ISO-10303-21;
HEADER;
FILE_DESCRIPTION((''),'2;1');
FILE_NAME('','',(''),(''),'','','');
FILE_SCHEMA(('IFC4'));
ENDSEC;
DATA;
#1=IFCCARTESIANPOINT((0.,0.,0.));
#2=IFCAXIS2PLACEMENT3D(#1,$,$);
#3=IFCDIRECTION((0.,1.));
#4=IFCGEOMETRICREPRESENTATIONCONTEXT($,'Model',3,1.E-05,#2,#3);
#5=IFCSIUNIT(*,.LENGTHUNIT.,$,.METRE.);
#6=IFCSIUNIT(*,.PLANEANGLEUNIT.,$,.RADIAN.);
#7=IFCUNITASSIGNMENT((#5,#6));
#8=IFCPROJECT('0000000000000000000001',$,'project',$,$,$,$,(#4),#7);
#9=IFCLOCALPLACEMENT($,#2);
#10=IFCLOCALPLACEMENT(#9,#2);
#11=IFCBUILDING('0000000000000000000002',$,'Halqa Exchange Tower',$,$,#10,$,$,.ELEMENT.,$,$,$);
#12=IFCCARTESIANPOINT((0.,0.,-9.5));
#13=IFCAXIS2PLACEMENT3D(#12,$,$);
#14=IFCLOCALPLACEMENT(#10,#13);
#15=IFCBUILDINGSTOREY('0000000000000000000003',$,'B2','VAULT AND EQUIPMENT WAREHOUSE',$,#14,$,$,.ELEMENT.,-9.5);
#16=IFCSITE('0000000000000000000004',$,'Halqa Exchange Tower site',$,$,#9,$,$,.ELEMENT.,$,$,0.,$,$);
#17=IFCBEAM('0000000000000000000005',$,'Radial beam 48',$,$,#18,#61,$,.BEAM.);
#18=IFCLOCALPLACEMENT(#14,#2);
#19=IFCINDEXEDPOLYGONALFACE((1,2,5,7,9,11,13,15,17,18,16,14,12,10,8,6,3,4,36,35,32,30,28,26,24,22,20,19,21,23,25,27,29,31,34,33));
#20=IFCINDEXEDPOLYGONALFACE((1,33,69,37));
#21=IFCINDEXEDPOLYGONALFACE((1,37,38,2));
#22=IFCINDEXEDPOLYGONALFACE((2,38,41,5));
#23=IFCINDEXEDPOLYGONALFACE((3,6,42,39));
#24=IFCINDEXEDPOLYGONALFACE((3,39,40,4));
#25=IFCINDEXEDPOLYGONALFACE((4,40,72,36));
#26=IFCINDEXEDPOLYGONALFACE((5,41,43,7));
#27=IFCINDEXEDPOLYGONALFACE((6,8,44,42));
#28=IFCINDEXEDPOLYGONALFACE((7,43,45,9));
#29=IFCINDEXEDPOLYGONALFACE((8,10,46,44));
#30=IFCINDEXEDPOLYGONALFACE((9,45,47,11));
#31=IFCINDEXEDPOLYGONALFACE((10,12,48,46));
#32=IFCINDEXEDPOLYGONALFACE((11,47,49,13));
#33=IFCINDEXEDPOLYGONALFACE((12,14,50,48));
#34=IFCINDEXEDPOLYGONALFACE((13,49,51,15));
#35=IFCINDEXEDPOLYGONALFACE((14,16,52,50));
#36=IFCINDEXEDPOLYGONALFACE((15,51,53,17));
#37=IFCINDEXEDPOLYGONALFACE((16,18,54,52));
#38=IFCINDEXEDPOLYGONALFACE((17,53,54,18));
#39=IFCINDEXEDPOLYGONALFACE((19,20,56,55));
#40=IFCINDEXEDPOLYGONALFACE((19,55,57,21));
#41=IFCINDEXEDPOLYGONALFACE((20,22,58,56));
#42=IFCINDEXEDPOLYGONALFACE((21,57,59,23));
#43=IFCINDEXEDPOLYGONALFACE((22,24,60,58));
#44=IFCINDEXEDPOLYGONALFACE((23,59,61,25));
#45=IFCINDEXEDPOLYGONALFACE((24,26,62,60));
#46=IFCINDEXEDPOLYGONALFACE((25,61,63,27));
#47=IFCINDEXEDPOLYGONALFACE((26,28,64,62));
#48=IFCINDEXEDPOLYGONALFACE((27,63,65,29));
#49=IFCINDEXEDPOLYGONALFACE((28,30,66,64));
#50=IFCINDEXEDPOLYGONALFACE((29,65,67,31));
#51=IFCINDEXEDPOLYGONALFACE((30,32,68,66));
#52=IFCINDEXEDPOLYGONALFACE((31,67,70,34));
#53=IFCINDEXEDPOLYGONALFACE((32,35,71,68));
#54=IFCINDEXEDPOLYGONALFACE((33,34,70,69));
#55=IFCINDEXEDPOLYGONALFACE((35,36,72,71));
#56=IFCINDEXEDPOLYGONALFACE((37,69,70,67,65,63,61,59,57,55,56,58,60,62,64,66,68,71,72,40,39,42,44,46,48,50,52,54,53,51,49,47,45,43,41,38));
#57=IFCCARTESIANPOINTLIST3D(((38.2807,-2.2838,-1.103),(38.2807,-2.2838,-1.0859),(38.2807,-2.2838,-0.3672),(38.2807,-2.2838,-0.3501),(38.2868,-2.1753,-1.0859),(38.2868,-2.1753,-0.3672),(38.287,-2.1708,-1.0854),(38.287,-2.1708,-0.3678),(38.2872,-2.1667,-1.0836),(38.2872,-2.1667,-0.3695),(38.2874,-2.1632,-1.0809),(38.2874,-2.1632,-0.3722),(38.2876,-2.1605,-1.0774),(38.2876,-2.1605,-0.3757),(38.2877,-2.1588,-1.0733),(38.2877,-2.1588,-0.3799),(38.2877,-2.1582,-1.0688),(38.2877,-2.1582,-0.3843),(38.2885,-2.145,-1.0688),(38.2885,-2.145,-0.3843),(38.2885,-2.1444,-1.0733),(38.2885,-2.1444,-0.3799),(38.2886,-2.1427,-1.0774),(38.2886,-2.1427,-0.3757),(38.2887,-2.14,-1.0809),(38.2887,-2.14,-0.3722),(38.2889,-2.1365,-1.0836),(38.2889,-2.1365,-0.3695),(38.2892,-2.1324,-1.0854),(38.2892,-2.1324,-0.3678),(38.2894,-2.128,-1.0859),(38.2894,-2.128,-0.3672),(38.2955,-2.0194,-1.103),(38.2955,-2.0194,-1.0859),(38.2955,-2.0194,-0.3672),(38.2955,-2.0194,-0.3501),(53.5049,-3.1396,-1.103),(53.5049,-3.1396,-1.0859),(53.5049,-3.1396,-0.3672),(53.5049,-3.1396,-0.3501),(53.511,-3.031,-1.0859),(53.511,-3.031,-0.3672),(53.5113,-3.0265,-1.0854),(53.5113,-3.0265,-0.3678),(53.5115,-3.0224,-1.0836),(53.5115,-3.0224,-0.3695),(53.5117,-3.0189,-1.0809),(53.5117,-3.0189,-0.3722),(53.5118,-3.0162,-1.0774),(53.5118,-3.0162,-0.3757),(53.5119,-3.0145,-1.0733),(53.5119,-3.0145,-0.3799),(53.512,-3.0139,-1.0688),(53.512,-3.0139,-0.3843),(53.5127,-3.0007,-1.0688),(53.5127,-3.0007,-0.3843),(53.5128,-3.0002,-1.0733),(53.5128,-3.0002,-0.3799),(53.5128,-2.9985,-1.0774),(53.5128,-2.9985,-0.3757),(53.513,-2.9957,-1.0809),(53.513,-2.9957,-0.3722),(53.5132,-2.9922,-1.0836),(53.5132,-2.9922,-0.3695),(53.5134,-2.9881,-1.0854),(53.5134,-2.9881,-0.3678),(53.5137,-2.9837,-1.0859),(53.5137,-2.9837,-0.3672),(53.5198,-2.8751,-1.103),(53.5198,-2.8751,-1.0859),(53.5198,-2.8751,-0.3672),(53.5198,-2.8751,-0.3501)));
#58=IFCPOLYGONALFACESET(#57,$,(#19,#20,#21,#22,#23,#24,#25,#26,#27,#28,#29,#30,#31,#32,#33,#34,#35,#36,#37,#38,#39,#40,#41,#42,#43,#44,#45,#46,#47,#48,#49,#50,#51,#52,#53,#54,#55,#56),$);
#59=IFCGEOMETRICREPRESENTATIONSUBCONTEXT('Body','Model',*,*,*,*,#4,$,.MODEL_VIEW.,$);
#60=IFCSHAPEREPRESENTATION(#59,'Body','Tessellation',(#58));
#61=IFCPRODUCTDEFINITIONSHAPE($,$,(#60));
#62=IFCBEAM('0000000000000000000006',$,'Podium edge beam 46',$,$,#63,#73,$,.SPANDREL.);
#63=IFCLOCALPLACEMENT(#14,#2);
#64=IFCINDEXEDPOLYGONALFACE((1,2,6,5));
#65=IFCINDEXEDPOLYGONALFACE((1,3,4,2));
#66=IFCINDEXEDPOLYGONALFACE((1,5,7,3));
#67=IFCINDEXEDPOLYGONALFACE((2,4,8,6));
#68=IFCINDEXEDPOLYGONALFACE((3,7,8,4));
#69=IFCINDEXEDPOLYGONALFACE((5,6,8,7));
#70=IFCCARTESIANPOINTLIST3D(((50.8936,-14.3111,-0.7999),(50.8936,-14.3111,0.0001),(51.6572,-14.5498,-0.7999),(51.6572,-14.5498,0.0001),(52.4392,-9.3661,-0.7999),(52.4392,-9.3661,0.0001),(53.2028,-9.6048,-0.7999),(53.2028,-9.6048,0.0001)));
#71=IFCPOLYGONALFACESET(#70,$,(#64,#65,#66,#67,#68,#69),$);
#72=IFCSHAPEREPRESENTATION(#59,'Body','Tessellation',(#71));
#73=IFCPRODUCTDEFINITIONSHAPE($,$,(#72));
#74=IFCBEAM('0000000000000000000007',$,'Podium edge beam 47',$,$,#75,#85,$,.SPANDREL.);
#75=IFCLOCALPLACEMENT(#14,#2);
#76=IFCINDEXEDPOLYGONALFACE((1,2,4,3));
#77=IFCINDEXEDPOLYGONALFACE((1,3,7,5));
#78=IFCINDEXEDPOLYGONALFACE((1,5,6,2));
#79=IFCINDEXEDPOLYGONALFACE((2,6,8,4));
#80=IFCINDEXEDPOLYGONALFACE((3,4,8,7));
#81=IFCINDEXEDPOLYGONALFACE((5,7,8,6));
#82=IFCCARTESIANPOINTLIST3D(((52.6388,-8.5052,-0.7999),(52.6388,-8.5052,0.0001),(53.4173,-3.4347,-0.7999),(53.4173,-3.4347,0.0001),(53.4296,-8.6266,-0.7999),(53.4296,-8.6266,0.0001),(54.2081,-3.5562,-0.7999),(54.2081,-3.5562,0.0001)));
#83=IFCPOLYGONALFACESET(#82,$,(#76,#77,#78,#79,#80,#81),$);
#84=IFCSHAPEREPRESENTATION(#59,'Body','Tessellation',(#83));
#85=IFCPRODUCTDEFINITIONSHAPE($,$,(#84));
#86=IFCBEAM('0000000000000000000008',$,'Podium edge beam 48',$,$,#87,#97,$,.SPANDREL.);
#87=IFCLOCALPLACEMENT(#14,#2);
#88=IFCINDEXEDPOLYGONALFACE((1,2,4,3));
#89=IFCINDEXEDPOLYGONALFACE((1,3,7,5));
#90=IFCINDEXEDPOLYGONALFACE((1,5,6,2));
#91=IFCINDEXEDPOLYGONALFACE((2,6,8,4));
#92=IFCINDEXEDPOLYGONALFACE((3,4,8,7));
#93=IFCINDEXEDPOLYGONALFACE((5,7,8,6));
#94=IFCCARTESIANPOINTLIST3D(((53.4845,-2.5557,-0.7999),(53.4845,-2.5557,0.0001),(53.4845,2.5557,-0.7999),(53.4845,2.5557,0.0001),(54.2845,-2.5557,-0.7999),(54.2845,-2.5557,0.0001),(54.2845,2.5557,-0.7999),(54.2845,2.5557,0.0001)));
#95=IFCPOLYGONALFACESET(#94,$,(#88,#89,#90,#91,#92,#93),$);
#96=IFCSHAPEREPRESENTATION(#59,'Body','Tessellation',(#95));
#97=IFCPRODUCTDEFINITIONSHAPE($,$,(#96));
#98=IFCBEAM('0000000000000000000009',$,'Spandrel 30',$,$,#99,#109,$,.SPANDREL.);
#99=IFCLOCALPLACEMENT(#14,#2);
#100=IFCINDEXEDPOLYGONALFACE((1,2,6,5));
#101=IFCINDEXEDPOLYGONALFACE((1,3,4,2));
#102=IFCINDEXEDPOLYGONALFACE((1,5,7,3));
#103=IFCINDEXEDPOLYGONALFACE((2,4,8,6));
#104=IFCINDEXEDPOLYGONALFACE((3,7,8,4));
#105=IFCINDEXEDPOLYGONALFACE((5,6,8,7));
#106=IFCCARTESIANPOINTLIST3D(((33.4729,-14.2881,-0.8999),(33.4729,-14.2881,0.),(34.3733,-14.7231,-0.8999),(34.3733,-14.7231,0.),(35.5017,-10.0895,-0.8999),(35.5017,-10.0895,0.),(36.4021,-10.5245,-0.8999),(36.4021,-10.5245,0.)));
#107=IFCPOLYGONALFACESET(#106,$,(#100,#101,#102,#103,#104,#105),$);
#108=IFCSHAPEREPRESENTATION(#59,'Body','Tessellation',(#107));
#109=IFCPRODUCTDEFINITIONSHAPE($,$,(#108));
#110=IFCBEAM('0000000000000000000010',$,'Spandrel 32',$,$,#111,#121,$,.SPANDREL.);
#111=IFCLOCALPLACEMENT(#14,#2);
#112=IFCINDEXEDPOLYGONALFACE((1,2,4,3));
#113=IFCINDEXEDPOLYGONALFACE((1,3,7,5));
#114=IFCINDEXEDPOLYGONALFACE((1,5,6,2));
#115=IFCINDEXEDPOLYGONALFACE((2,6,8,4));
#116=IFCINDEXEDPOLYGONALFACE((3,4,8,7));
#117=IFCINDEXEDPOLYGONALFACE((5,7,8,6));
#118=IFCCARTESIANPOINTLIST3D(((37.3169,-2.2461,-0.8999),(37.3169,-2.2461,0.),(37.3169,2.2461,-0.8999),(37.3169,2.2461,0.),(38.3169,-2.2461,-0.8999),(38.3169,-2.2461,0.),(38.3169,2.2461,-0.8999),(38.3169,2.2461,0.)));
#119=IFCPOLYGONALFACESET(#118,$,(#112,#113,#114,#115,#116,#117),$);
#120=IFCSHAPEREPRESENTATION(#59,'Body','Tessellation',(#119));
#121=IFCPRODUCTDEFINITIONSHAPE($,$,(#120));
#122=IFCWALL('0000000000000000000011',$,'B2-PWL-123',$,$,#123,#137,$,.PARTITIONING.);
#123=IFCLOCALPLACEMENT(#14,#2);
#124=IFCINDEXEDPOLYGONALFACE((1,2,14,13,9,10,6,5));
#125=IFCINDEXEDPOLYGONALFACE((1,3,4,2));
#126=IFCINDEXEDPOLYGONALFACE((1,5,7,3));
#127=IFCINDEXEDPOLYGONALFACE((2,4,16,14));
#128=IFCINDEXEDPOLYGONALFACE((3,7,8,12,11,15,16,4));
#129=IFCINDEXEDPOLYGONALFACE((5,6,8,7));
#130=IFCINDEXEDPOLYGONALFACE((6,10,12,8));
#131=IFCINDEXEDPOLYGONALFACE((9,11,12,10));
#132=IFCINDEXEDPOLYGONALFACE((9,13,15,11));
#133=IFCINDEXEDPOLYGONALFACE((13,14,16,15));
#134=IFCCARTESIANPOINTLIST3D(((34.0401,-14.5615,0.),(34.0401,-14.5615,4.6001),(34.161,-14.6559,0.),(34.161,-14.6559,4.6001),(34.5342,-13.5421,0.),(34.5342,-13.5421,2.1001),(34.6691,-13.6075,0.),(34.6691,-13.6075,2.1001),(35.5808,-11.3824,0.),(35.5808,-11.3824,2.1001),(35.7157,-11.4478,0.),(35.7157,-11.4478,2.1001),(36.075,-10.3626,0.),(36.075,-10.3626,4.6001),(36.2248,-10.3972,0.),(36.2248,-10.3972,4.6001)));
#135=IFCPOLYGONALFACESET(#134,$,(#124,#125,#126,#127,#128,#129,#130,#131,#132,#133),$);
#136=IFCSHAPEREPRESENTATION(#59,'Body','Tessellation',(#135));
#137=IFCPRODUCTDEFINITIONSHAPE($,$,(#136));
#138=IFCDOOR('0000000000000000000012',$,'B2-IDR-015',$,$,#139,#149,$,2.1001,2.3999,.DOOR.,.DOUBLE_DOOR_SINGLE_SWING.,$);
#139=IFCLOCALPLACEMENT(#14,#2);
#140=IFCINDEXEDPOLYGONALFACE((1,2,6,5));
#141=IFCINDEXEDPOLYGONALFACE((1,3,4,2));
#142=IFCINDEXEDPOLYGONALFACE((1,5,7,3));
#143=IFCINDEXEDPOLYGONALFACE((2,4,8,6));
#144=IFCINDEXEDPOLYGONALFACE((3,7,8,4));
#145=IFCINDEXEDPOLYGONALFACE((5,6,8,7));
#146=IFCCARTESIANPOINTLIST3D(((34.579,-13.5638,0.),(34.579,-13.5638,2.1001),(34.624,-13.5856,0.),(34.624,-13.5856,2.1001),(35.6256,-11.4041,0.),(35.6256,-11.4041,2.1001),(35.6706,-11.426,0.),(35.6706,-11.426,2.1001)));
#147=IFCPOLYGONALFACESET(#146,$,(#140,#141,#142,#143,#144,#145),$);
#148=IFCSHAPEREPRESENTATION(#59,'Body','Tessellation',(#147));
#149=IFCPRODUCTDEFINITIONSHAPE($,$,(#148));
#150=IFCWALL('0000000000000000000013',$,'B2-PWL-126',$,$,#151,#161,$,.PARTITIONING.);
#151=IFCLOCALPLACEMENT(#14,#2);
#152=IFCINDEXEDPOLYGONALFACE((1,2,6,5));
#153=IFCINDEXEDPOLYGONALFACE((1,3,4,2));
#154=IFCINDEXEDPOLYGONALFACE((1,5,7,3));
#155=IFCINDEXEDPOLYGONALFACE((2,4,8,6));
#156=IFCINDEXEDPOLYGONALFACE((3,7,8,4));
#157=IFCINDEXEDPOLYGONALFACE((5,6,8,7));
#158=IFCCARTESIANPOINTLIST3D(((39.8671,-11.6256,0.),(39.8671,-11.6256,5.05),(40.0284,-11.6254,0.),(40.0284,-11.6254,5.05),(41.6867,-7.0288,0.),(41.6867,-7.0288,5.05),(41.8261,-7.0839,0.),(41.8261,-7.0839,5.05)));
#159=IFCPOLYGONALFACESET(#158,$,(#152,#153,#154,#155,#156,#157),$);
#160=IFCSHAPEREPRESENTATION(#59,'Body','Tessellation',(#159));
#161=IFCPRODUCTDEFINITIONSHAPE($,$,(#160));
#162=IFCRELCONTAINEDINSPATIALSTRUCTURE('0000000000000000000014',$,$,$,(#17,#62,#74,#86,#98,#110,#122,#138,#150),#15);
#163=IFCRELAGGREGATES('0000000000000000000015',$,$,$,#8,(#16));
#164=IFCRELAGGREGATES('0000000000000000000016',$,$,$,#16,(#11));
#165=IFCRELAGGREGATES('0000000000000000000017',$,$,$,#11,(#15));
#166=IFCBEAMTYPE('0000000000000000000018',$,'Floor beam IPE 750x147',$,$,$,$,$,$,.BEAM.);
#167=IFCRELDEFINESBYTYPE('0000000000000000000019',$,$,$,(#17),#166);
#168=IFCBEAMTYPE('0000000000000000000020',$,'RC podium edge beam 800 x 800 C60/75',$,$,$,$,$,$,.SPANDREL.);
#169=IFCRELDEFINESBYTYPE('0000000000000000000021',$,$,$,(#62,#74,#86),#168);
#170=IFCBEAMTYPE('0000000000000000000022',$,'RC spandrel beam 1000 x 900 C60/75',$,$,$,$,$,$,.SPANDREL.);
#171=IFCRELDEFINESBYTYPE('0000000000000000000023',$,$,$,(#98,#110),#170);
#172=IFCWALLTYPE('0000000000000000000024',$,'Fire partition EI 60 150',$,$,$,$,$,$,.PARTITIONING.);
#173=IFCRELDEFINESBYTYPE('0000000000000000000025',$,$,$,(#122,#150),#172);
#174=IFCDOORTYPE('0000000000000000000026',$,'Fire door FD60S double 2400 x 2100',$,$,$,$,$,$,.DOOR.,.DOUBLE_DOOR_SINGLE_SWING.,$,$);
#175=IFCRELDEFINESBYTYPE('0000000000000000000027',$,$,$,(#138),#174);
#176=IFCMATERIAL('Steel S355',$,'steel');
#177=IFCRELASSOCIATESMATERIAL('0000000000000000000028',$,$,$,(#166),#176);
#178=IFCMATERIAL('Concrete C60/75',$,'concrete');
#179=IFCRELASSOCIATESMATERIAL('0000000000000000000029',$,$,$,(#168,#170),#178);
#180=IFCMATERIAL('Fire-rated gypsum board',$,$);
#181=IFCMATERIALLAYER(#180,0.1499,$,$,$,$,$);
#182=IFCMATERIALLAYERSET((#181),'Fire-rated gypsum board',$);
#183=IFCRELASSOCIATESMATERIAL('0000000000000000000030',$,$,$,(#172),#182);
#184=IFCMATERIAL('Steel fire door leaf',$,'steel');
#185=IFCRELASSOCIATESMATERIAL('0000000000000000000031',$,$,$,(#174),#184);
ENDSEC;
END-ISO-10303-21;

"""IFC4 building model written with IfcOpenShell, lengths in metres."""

from ifc_helpers import new_model, si_unit, direction, frame, frame_2d, origin, origin_2d, place, context, subcontext, project, spatial, polyline, rectangle, i_section, outline, extrude, material, layer, layer_set, material_profile, profile_set, type_object, element, fill, save


model = new_model("IFC4")

# Units and contexts
model_context = context("Model", 3, precision=1e-05, world=origin(), true_north=direction((0.0, 1.0)))
body_context = subcontext(model_context, "Body", "Model", "MODEL_VIEW")
ifc_project = project(units=[si_unit("LENGTHUNIT", "METRE"), si_unit("PLANEANGLEUNIT", "RADIAN")], contexts=[model_context])

# Site, building, storey
site_placement = place(None, origin())
site = spatial("IfcSite", under=ifc_project, at=site_placement, Name="Halqa Exchange Tower site", CompositionType="ELEMENT", RefElevation=0.0)
building_placement = place(site_placement, origin())
building = spatial("IfcBuilding", under=site, at=building_placement, Name="Halqa Exchange Tower", CompositionType="ELEMENT")
storey_placement = place(building_placement, frame((0.0, 0.0, -9.5)))
storey = spatial("IfcBuildingStorey", under=building, at=storey_placement, Name="B2", Description="VAULT AND EQUIPMENT WAREHOUSE", CompositionType="ELEMENT", Elevation=-9.5)

# Shared definitions
ifc_material_1 = material(Name="Concrete C60/75", Category="concrete")

# Beams
ifc_material_2 = material(Name="Steel S355", Category="steel")
ifc_material_profile_1 = material_profile(ifc_material_2, i_section(OverallWidth=0.2649, OverallDepth=0.7529, WebThickness=0.0132, FlangeThickness=0.0171, FilletRadius=0.0171, at=origin_2d()), Name="IPE 750x147")
ifc_profile_set_1 = profile_set([ifc_material_profile_1], Name="Steel S355")
beam_type_1 = type_object("IfcBeamType", Name="Floor beam IPE 750x147", PredefinedType="BEAM", material=ifc_profile_set_1)
beam_1_placement = place(storey_placement, frame((38.2881, -2.1516, -0.7266), z_axis=(0.998424, -0.056118, 0.0), x_axis=(0.056118, 0.998424, 0.0)))
element("IfcBeam", 1, at=beam_1_placement, inside=storey, type_object=beam_type_1, Name="Radial beam 48", PredefinedType="BEAM", context=body_context, shape_type="SweptSolid", body=[
    extrude(i_section(OverallWidth=0.2649, OverallDepth=0.7529, WebThickness=0.0132, FlangeThickness=0.0171, FilletRadius=0.0171, at=origin_2d()), origin(), (0.0, 0.0, 1.0), 15.2483),
])
ifc_material_profile_2 = material_profile(ifc_material_1, rectangle(XDim=0.8, YDim=0.8, at=origin_2d()), Name="800 x 800")
ifc_profile_set_2 = profile_set([ifc_material_profile_2], Name="Concrete C60/75")
beam_type_2 = type_object("IfcBeamType", Name="RC podium edge beam 800 x 800 C60/75", PredefinedType="SPANDREL", material=ifc_profile_set_2)
beam_2_placement = place(storey_placement, frame((51.2754, -14.4304, -0.3999), z_axis=(0.298331, 0.954462, 0.0), x_axis=(-0.954462, 0.298331, 0.0)))
element("IfcBeam", 2, at=beam_2_placement, inside=storey, type_object=beam_type_2, Name="Podium edge beam 46", PredefinedType="SPANDREL", context=body_context, shape_type="SweptSolid", body=[
    extrude(rectangle(XDim=0.8, YDim=0.8, at=origin_2d()), origin(), (0.0, 0.0, 1.0), 5.1809),
])
beam_3_placement = place(storey_placement, frame((53.0342, -8.5659, -0.3999), z_axis=(0.151768, 0.988416, 0.0), x_axis=(-0.988416, 0.151768, 0.0)))
element("IfcBeam", 3, at=beam_3_placement, inside=storey, type_object=beam_type_2, Name="Podium edge beam 47", PredefinedType="SPANDREL", context=body_context, shape_type="SweptSolid", body=[
    extrude(rectangle(XDim=0.8, YDim=0.8, at=origin_2d()), origin(), (0.0, 0.0, 1.0), 5.1299),
])
beam_4_placement = place(storey_placement, frame((53.8845, -2.5557, -0.3999), z_axis=(0.0, 1.0, 0.0), x_axis=(-1.0, 0.0, 0.0)))
element("IfcBeam", 4, at=beam_4_placement, inside=storey, type_object=beam_type_2, Name="Podium edge beam 48", PredefinedType="SPANDREL", context=body_context, shape_type="SweptSolid", body=[
    extrude(rectangle(XDim=0.8, YDim=0.8, at=origin_2d()), origin(), (0.0, 0.0, 1.0), 5.1113),
])
ifc_material_profile_3 = material_profile(ifc_material_1, rectangle(XDim=1.0, YDim=0.8999, at=origin_2d()), Name="1000 x 900")
ifc_profile_set_3 = profile_set([ifc_material_profile_3], Name="Concrete C60/75")
beam_type_3 = type_object("IfcBeamType", Name="RC spandrel beam 1000 x 900 C60/75", PredefinedType="SPANDREL", material=ifc_profile_set_3)
beam_5_placement = place(storey_placement, frame((33.9231, -14.5056, -0.45), z_axis=(0.435068, 0.900397, 0.0), x_axis=(-0.900397, 0.435068, 0.0)))
element("IfcBeam", 5, at=beam_5_placement, inside=storey, type_object=beam_type_3, Name="Spandrel 30", PredefinedType="SPANDREL", context=body_context, shape_type="SweptSolid", body=[
    extrude(rectangle(XDim=1.0, YDim=0.8999, at=origin_2d()), origin(), (0.0, 0.0, 1.0), 4.6631),
])
beam_6_placement = place(storey_placement, frame((37.8169, -2.2461, -0.45), z_axis=(0.0, 1.0, 0.0), x_axis=(-1.0, 0.0, 0.0)))
element("IfcBeam", 6, at=beam_6_placement, inside=storey, type_object=beam_type_3, Name="Spandrel 32", PredefinedType="SPANDREL", context=body_context, shape_type="SweptSolid", body=[
    extrude(rectangle(XDim=1.0, YDim=0.8999, at=origin_2d()), origin(), (0.0, 0.0, 1.0), 4.4922),
])

# Wall, opening, door
ifc_material_3 = material(Name="Fire-rated gypsum board")
ifc_layer_1 = layer(ifc_material_3, 0.1499)
ifc_layer_set_1 = layer_set([ifc_layer_1], Name="Fire-rated gypsum board")
wall_type_1 = type_object("IfcWallType", Name="Fire partition EI 60 150", PredefinedType="PARTITIONING", material=ifc_layer_set_1)
wall_1_placement = place(storey_placement, frame((36.1499, -10.3799, 0.0), z_axis=(0.0, 0.0, 1.0), x_axis=(-0.436103, -0.899897, 0.0)))
wall_1 = element("IfcWall", 7, at=wall_1_placement, inside=storey, type_object=wall_type_1, Name="B2-PWL-123", PredefinedType="PARTITIONING", context=body_context, shape_type="SweptSolid", body=[
    extrude(outline(polyline([(0.0171, -0.075), (4.6831, -0.075), (4.7153, 0.075), (-0.0171, 0.075), (0.0171, -0.075)])), origin(), (0.0, 0.0, 1.0), 4.6001),
])
opening_1_placement = place(wall_1_placement, frame((1.1504, 0.0, 0.0)))
opening_1 = element("IfcOpeningElement", 8, at=opening_1_placement, cuts=wall_1, PredefinedType="OPENING", context=body_context, shape_type="SweptSolid", body=[
    extrude(rectangle(XDim=2.3999, YDim=2.1001, at=frame_2d((1.2, 1.05))), frame((0.0, 0.0869, 0.0), z_axis=(0.0, -1.0, 0.0), x_axis=(1.0, 0.0, 0.0)), (0.0, 0.0, 1.0), 0.1738),
])
ifc_material_4 = material(Name="Steel fire door leaf", Category="steel")
door_type_1 = type_object("IfcDoorType", Name="Fire door FD60S double 2400 x 2100", OperationType="DOUBLE_DOOR_SINGLE_SWING", PredefinedType="DOOR", material=ifc_material_4)
door_1_placement = place(opening_1_placement, origin())
door_1 = element("IfcDoor", 9, at=door_1_placement, inside=storey, type_object=door_type_1, Name="B2-IDR-015", OperationType="DOUBLE_DOOR_SINGLE_SWING", OverallHeight=2.1001, OverallWidth=2.3999, PredefinedType="DOOR", context=body_context, shape_type="SweptSolid", body=[
    extrude(rectangle(XDim=2.3999, YDim=2.1001, at=frame_2d((1.2, 1.05))), frame((0.0, 0.0249, 0.0), z_axis=(0.0, -1.0, 0.0), x_axis=(1.0, 0.0, 0.0)), (0.0, 0.0, 1.0), 0.05),
])
fill(opening_1, door_1)

# Wall
wall_2_placement = place(storey_placement, frame((39.9478, -11.6255, 0.0), z_axis=(0.0, 0.0, 1.0), x_axis=(0.368048, 0.929807, 0.0)))
element("IfcWall", 10, at=wall_2_placement, inside=storey, type_object=wall_type_1, Name="B2-PWL-126", PredefinedType="PARTITIONING", context=body_context, shape_type="SweptSolid", body=[
    extrude(outline(polyline([(0.0298, -0.075), (4.9141, -0.075), (4.9141, 0.075), (-0.0298, 0.075), (0.0298, -0.075)])), origin(), (0.0, 0.0, 1.0), 5.05),
])

save(model, "model.ifc")
